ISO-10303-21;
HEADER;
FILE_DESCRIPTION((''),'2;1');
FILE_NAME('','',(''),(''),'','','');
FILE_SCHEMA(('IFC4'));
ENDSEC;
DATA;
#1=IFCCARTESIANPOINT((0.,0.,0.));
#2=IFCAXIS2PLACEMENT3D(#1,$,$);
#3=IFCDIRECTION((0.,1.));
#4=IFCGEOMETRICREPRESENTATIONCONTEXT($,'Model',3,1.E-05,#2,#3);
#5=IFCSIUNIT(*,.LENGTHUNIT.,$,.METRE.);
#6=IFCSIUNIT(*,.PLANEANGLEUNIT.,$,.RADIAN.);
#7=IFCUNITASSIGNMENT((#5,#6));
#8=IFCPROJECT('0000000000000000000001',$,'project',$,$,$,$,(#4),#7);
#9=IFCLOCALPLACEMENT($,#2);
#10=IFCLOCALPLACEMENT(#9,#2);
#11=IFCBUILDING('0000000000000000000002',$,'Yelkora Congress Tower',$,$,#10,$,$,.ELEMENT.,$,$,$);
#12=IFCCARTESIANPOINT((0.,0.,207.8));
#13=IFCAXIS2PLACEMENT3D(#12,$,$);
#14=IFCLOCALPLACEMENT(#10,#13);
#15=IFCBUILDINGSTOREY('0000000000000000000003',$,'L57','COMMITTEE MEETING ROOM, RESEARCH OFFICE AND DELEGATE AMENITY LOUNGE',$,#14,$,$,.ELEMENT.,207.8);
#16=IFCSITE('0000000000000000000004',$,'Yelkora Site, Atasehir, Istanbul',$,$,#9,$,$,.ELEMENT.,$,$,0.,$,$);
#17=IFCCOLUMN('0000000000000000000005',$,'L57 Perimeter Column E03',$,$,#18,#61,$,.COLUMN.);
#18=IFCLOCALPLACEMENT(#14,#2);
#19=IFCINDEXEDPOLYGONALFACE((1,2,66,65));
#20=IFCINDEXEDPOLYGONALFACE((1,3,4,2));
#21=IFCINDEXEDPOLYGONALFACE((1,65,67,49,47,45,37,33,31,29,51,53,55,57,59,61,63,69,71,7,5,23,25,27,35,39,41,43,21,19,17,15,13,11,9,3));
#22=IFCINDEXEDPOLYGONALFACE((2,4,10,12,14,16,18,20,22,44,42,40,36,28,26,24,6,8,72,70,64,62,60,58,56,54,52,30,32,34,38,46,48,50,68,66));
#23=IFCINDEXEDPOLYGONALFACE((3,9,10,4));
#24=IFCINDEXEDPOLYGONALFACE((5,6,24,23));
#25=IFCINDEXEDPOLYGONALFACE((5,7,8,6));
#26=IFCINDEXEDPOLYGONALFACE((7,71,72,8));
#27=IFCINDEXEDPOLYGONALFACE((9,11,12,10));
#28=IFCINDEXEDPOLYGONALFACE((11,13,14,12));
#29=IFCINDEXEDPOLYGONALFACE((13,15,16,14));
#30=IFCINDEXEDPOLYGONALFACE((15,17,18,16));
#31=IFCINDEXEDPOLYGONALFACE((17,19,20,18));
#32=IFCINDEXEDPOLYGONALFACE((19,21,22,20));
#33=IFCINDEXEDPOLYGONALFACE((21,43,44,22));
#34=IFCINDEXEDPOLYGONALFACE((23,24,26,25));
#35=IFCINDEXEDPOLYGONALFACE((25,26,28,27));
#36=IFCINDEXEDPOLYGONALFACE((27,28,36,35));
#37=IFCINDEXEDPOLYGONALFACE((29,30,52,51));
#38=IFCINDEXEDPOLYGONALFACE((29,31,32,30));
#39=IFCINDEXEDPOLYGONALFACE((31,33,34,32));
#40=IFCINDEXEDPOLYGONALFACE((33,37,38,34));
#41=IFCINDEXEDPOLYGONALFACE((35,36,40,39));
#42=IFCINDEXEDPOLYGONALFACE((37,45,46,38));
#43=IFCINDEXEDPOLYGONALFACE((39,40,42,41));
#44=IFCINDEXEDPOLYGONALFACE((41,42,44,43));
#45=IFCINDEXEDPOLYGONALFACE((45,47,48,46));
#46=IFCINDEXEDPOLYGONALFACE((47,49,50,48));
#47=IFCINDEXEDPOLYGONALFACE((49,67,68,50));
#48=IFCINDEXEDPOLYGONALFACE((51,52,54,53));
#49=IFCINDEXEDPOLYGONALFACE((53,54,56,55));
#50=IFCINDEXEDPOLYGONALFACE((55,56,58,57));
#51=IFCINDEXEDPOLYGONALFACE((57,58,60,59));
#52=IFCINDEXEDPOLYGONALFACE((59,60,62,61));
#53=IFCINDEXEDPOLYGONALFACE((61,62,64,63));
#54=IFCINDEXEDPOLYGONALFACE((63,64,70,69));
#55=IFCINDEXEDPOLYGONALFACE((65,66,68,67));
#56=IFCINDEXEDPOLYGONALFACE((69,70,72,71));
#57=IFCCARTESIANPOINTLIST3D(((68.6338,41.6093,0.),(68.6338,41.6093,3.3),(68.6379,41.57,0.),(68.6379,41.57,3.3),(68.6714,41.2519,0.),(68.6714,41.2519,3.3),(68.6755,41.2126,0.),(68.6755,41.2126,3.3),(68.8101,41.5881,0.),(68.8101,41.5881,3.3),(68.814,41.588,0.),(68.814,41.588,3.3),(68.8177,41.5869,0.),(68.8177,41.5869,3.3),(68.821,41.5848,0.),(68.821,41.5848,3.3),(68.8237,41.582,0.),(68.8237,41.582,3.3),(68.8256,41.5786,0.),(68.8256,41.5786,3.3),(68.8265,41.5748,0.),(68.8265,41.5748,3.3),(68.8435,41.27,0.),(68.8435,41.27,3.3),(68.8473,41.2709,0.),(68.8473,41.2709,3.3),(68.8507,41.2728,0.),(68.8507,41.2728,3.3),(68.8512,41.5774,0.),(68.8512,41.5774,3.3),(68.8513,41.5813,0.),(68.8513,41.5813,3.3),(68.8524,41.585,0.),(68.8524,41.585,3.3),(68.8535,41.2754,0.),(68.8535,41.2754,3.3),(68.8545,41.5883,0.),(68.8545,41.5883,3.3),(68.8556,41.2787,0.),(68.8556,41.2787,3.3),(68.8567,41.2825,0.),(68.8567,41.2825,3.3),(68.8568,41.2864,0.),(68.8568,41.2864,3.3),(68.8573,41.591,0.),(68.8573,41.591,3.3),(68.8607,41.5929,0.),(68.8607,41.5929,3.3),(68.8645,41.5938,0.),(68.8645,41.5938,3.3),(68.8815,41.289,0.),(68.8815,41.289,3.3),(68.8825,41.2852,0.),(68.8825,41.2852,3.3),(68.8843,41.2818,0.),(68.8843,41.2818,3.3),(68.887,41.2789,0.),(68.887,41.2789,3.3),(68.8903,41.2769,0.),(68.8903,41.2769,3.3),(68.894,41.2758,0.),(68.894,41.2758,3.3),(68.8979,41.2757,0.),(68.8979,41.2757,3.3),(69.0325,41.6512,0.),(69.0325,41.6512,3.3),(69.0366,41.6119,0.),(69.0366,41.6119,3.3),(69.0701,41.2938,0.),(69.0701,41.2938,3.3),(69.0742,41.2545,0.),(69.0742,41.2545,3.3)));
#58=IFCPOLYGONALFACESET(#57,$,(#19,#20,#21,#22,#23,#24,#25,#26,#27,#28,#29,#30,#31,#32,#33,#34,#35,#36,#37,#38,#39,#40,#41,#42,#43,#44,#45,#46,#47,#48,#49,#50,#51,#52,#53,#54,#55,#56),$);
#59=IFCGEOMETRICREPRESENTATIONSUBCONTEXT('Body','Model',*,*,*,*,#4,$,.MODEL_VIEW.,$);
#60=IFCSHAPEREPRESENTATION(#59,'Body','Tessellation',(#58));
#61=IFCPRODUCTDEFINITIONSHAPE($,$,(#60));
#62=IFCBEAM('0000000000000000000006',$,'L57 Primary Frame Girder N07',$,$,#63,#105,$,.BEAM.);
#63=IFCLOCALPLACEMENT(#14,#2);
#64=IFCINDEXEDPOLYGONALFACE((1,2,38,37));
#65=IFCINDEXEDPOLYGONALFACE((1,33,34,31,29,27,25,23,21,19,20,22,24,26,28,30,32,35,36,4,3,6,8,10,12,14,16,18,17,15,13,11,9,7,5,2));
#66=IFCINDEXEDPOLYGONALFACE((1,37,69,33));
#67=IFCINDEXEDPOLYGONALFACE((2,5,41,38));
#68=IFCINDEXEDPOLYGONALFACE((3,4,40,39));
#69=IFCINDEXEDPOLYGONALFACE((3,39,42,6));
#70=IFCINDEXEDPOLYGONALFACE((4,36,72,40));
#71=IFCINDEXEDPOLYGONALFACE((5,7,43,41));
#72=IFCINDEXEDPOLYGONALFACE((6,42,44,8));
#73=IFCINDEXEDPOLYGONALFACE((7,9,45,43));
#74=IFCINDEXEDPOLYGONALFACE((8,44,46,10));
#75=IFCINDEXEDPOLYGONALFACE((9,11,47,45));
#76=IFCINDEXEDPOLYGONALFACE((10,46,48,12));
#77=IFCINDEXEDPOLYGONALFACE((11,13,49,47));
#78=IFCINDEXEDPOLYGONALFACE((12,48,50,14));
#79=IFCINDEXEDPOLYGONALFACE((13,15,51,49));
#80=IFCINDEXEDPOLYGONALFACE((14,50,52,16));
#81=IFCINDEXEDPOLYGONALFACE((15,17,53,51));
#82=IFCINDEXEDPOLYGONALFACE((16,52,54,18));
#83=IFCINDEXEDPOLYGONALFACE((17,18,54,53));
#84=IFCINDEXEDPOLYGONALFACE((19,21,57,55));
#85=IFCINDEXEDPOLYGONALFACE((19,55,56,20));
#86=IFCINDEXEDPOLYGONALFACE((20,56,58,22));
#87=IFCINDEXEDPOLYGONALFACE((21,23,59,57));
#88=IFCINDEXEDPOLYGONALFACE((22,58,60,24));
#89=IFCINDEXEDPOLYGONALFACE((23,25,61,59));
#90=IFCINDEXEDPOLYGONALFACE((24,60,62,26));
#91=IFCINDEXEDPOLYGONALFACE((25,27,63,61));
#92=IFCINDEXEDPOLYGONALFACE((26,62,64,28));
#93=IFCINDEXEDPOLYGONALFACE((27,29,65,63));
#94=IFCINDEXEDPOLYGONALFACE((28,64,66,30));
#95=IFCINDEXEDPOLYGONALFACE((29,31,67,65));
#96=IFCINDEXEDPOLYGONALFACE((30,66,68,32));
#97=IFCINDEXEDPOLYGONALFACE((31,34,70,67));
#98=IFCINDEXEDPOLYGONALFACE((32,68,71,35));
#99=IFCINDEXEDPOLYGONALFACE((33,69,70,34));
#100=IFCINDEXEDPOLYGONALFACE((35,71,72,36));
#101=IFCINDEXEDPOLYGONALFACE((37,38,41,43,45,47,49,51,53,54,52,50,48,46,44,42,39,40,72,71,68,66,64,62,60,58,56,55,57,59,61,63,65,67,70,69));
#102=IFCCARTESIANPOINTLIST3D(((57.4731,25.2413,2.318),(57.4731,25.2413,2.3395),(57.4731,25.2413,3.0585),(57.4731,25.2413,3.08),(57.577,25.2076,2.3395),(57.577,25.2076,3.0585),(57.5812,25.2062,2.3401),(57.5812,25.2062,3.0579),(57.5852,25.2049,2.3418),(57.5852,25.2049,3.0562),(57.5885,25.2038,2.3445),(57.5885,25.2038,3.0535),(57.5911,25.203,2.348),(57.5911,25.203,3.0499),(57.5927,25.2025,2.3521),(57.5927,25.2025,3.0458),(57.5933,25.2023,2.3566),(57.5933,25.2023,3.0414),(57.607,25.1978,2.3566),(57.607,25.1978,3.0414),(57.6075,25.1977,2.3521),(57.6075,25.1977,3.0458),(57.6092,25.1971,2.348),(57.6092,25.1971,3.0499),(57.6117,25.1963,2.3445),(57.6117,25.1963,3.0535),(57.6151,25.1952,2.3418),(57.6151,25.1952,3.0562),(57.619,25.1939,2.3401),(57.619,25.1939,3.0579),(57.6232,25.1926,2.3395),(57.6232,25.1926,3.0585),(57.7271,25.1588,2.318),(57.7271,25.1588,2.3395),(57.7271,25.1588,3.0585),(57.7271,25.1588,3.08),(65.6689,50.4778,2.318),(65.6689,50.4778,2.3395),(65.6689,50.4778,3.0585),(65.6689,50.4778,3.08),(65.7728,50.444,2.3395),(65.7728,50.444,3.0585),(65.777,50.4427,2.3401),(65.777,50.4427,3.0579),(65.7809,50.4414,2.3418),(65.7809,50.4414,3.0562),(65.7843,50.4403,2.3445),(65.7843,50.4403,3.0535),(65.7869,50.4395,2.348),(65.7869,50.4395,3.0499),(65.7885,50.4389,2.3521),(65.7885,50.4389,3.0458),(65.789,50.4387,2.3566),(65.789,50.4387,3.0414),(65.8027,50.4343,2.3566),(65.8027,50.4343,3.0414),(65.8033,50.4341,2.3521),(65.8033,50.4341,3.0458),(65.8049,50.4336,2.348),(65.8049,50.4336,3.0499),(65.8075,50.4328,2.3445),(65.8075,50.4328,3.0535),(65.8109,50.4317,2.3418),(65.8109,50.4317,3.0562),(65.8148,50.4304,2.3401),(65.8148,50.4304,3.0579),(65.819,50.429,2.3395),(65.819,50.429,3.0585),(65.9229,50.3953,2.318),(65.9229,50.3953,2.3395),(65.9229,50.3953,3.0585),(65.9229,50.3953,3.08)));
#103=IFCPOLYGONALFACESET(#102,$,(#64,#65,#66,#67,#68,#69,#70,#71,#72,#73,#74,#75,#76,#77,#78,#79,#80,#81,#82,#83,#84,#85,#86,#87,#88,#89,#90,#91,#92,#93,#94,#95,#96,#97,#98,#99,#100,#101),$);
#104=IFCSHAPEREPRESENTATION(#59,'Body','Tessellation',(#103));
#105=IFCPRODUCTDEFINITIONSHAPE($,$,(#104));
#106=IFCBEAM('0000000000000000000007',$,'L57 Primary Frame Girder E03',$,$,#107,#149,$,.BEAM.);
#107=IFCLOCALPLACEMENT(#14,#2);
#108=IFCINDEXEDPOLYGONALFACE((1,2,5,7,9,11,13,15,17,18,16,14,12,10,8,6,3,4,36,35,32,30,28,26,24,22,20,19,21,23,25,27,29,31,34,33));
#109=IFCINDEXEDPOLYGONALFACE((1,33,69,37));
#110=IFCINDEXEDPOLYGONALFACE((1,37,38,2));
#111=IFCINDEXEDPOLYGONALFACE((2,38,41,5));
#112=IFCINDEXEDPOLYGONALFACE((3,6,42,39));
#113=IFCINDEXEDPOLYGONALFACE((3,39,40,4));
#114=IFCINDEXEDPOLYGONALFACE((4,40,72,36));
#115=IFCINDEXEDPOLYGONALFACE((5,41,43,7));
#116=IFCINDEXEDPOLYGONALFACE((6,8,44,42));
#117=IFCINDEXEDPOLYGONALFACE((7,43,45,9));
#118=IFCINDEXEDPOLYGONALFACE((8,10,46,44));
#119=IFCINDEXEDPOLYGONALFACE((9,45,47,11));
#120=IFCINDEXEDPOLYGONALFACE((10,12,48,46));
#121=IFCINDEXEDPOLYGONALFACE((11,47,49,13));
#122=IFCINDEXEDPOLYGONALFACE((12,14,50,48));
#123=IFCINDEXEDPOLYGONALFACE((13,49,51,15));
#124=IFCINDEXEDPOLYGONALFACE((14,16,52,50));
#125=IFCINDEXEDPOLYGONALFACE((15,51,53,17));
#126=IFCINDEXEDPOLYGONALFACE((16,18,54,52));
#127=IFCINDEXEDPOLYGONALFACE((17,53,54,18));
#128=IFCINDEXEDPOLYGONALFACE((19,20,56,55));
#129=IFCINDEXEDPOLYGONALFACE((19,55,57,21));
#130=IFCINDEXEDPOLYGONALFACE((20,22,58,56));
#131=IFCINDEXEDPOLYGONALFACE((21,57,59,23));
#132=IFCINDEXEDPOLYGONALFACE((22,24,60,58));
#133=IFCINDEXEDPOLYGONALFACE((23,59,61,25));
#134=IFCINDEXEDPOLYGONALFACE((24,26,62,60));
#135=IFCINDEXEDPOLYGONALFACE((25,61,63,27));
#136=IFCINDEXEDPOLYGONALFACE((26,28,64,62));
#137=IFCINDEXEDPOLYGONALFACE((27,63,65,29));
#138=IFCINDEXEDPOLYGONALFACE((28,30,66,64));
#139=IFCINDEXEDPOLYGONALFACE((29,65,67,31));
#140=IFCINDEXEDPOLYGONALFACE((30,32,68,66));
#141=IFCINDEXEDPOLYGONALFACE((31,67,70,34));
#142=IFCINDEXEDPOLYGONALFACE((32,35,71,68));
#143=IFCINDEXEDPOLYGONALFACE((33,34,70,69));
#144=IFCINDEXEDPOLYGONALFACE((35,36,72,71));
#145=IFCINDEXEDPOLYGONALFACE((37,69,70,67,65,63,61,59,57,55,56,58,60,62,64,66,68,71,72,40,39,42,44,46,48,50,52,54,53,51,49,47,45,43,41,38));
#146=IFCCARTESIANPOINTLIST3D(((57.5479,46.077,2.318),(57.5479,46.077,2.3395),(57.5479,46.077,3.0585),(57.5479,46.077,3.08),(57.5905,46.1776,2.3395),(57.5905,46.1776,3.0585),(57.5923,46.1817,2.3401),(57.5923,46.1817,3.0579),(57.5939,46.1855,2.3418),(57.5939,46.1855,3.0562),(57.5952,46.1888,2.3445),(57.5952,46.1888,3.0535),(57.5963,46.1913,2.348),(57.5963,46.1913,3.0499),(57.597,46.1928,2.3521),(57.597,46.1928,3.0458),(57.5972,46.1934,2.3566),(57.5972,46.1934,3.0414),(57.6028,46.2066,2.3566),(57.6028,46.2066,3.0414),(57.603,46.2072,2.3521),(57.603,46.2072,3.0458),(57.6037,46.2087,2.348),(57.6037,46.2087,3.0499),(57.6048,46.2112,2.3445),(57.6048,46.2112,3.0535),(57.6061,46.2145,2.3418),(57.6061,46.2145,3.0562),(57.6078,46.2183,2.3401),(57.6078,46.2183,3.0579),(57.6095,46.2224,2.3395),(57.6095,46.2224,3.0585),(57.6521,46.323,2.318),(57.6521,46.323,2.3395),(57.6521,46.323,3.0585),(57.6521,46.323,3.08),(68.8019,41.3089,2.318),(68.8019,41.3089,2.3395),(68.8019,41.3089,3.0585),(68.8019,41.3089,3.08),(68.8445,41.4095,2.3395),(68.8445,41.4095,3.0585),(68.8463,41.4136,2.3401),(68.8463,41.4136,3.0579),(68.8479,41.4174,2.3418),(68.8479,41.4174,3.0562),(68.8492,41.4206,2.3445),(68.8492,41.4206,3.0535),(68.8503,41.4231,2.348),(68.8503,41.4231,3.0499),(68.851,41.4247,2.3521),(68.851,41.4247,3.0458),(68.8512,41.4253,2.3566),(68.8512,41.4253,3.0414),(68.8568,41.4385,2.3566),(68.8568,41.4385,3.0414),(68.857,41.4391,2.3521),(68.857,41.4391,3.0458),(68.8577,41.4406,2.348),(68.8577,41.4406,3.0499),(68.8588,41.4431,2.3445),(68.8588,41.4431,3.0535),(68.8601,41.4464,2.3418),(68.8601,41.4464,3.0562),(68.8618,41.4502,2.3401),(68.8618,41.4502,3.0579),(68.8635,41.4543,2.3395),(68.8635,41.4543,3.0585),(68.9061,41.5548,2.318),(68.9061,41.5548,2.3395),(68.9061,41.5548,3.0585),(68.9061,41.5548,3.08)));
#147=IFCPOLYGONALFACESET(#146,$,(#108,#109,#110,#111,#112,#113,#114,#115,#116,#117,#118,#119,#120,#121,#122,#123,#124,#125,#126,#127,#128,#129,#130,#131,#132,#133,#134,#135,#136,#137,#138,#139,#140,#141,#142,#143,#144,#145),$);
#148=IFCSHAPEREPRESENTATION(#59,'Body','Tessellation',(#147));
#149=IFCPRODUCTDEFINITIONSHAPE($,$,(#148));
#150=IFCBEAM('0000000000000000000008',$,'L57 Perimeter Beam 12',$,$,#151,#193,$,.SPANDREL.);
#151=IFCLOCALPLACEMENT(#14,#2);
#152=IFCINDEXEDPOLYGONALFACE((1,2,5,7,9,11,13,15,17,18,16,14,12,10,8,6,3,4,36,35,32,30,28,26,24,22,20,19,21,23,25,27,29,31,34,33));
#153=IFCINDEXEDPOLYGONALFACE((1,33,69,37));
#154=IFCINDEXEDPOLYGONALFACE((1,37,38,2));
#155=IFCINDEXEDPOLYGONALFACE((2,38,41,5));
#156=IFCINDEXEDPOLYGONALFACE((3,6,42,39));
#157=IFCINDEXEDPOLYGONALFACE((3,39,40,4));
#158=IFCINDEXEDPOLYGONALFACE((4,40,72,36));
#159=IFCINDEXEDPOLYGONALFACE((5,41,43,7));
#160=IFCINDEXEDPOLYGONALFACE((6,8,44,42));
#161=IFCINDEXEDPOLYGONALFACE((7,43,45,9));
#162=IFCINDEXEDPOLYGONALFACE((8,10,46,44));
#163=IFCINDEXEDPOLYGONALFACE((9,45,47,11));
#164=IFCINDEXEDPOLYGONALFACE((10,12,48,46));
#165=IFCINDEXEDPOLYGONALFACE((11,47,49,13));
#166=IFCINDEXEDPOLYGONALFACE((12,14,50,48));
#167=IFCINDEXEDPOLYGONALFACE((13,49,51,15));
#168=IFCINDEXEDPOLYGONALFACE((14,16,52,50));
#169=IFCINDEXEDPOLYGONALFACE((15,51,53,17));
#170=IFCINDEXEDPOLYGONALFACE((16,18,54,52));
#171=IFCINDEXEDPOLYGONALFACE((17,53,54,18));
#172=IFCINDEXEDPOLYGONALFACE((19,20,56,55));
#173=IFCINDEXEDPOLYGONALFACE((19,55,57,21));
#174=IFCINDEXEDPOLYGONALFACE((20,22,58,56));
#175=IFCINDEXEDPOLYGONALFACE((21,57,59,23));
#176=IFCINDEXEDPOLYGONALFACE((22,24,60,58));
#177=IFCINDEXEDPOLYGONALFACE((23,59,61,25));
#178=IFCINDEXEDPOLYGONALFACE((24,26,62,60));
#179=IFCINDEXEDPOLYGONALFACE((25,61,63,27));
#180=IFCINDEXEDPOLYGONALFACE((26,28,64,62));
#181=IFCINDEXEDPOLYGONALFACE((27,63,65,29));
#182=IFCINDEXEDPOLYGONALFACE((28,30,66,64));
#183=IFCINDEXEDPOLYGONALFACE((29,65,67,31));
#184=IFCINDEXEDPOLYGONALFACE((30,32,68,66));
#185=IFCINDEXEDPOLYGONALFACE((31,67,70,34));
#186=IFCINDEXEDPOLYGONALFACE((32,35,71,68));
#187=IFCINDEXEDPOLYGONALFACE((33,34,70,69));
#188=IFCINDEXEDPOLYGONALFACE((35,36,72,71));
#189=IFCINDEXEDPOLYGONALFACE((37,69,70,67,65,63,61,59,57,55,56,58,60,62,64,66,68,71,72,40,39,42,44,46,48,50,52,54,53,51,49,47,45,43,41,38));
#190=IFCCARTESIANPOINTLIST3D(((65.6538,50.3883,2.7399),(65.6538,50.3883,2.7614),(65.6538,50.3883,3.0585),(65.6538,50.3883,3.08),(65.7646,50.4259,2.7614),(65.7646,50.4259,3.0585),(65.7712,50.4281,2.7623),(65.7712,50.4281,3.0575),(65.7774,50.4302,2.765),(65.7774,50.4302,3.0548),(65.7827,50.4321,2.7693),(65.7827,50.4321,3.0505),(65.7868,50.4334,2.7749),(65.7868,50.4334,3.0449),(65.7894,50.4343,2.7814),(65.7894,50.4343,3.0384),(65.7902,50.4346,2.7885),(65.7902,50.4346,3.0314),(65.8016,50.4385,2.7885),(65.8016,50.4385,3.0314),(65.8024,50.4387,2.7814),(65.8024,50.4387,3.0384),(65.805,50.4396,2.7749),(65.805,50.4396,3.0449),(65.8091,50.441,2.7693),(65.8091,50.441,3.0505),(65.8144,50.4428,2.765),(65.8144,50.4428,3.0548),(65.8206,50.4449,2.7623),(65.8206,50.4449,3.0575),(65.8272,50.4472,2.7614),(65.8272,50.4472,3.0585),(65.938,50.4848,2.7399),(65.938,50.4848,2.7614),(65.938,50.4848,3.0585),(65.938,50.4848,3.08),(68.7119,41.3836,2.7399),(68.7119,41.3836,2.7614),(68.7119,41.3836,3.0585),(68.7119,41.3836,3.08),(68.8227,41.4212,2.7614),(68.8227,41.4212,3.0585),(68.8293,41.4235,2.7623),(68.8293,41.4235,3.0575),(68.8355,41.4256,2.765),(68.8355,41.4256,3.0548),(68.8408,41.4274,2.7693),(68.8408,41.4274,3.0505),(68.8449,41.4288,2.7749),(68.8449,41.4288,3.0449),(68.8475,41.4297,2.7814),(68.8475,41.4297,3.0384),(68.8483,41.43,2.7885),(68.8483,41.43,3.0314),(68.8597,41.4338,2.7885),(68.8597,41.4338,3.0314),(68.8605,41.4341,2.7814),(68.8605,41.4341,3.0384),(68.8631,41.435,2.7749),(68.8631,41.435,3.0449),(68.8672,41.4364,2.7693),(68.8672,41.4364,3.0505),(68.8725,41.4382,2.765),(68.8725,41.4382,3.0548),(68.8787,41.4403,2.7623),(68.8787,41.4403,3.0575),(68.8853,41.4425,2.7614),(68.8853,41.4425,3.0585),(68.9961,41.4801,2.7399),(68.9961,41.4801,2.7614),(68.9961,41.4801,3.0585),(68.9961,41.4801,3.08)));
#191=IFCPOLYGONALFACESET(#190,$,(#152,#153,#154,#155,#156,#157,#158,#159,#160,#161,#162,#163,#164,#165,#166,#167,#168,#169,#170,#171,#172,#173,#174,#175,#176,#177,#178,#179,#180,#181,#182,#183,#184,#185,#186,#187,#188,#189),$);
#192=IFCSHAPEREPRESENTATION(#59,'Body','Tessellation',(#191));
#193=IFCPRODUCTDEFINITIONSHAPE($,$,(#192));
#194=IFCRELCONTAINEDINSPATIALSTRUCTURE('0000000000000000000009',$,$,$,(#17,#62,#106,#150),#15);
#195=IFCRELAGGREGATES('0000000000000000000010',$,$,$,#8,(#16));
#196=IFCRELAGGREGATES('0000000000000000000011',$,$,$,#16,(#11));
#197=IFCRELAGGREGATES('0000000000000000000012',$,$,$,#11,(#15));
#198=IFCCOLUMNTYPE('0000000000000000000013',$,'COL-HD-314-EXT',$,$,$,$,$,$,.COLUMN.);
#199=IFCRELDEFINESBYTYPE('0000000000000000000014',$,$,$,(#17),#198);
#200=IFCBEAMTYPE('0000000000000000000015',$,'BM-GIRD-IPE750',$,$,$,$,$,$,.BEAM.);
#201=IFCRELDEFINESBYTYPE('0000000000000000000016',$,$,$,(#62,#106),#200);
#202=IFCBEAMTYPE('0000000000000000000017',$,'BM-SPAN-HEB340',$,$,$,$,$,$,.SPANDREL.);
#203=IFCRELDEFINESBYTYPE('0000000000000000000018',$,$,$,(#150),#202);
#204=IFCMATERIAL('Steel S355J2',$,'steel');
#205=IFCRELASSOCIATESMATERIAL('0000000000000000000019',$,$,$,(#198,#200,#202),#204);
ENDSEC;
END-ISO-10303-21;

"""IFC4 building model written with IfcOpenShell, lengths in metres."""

from ifc_helpers import new_model, si_unit, direction, frame, origin, origin_2d, place, context, subcontext, project, spatial, i_section, extrude, material, material_profile, profile_set, type_object, element, save


model = new_model("IFC4")

# Units and contexts
model_context = context("Model", 3, precision=1e-05, world=origin(), true_north=direction((0.0, 1.0)))
body_context = subcontext(model_context, "Body", "Model", "MODEL_VIEW")
ifc_project = project(units=[si_unit("LENGTHUNIT", "METRE"), si_unit("PLANEANGLEUNIT", "RADIAN")], contexts=[model_context])

# Site, building, storey
site_placement = place(None, origin())
site = spatial("IfcSite", under=ifc_project, at=site_placement, Name="Yelkora Site, Atasehir, Istanbul", CompositionType="ELEMENT", RefElevation=0.0)
building_placement = place(site_placement, origin())
building = spatial("IfcBuilding", under=site, at=building_placement, Name="Yelkora Congress Tower", CompositionType="ELEMENT")
storey_placement = place(building_placement, frame((0.0, 0.0, 207.8)))
storey = spatial("IfcBuildingStorey", under=building, at=storey_placement, Name="L57", Description="COMMITTEE MEETING ROOM, RESEARCH OFFICE AND DELEGATE AMENITY LOUNGE", CompositionType="ELEMENT", Elevation=207.8)

# Column
ifc_material_1 = material(Name="Steel S355J2", Category="steel")
ifc_material_profile_1 = material_profile(ifc_material_1, i_section(OverallWidth=0.4009, OverallDepth=0.3989, WebThickness=0.0249, FlangeThickness=0.0396, FilletRadius=0.0149, at=origin_2d()), Name="HD 400x314")
ifc_profile_set_1 = profile_set([ifc_material_profile_1], Name="Steel S355J2")
column_type = type_object("IfcColumnType", Name="COL-HD-314-EXT", PredefinedType="COLUMN", material=ifc_profile_set_1)
column_placement = place(storey_placement, frame((68.854, 41.4319, 0.0), z_axis=(0.0, 0.0, 1.0), x_axis=(0.994522, 0.104528, 0.0)))
element("IfcColumn", 1, at=column_placement, inside=storey, type_object=column_type, Name="L57 Perimeter Column E03", PredefinedType="COLUMN", context=body_context, shape_type="SweptSolid", body=[
    extrude(i_section(OverallWidth=0.4009, OverallDepth=0.3989, WebThickness=0.0249, FlangeThickness=0.0396, FilletRadius=0.0149, at=origin_2d()), origin(), (0.0, 0.0, 1.0), 3.3),
])

# Beams
ifc_material_profile_2 = material_profile(ifc_material_1, i_section(OverallWidth=0.2671, OverallDepth=0.762, WebThickness=0.0144, FlangeThickness=0.0215, FilletRadius=0.0171, at=origin_2d()), Name="IPE 750x173")
ifc_profile_set_2 = profile_set([ifc_material_profile_2], Name="Steel S355J2")
beam_type_1 = type_object("IfcBeamType", Name="BM-GIRD-IPE750", PredefinedType="BEAM", material=ifc_profile_set_2)
beam_1_placement = place(storey_placement, frame((65.7959, 50.4365, 2.699), z_axis=(-0.308879, -0.951101, 0.0), x_axis=(0.951101, -0.308879, 0.0)))
element("IfcBeam", 2, at=beam_1_placement, inside=storey, type_object=beam_type_1, Name="L57 Primary Frame Girder N07", PredefinedType="BEAM", context=body_context, shape_type="SweptSolid", body=[
    extrude(i_section(OverallWidth=0.2671, OverallDepth=0.762, WebThickness=0.0144, FlangeThickness=0.0215, FilletRadius=0.0171, at=origin_2d()), origin(), (0.0, 0.0, 1.0), 26.5339),
])
beam_2_placement = place(storey_placement, frame((68.854, 41.4319, 2.699), z_axis=(-0.920768, 0.390112, 0.0), x_axis=(-0.390112, -0.920768, 0.0)))
element("IfcBeam", 3, at=beam_2_placement, inside=storey, type_object=beam_type_1, Name="L57 Primary Frame Girder E03", PredefinedType="BEAM", context=body_context, shape_type="SweptSolid", body=[
    extrude(i_section(OverallWidth=0.2671, OverallDepth=0.762, WebThickness=0.0144, FlangeThickness=0.0215, FilletRadius=0.0171, at=origin_2d()), origin(), (0.0, 0.0, 1.0), 12.2224),
])
ifc_material_profile_3 = material_profile(ifc_material_1, i_section(OverallWidth=0.3, OverallDepth=0.3401, WebThickness=0.012, FlangeThickness=0.0215, FilletRadius=0.0271, at=origin_2d()), Name="HEB 340")
ifc_profile_set_3 = profile_set([ifc_material_profile_3], Name="Steel S355J2")
beam_type_2 = type_object("IfcBeamType", Name="BM-SPAN-HEB340", PredefinedType="SPANDREL", material=ifc_profile_set_3)
beam_3_placement = place(storey_placement, frame((68.854, 41.4319, 2.9099), z_axis=(-0.321575, 0.946884, 0.0), x_axis=(-0.946884, -0.321575, 0.0)))
element("IfcBeam", 4, at=beam_3_placement, inside=storey, type_object=beam_type_2, Name="L57 Perimeter Beam 12", PredefinedType="SPANDREL", context=body_context, shape_type="SweptSolid", body=[
    extrude(i_section(OverallWidth=0.3, OverallDepth=0.3401, WebThickness=0.012, FlangeThickness=0.0215, FilletRadius=0.0271, at=origin_2d()), origin(), (0.0, 0.0, 1.0), 9.5098),
])

save(model, "model.ifc")
